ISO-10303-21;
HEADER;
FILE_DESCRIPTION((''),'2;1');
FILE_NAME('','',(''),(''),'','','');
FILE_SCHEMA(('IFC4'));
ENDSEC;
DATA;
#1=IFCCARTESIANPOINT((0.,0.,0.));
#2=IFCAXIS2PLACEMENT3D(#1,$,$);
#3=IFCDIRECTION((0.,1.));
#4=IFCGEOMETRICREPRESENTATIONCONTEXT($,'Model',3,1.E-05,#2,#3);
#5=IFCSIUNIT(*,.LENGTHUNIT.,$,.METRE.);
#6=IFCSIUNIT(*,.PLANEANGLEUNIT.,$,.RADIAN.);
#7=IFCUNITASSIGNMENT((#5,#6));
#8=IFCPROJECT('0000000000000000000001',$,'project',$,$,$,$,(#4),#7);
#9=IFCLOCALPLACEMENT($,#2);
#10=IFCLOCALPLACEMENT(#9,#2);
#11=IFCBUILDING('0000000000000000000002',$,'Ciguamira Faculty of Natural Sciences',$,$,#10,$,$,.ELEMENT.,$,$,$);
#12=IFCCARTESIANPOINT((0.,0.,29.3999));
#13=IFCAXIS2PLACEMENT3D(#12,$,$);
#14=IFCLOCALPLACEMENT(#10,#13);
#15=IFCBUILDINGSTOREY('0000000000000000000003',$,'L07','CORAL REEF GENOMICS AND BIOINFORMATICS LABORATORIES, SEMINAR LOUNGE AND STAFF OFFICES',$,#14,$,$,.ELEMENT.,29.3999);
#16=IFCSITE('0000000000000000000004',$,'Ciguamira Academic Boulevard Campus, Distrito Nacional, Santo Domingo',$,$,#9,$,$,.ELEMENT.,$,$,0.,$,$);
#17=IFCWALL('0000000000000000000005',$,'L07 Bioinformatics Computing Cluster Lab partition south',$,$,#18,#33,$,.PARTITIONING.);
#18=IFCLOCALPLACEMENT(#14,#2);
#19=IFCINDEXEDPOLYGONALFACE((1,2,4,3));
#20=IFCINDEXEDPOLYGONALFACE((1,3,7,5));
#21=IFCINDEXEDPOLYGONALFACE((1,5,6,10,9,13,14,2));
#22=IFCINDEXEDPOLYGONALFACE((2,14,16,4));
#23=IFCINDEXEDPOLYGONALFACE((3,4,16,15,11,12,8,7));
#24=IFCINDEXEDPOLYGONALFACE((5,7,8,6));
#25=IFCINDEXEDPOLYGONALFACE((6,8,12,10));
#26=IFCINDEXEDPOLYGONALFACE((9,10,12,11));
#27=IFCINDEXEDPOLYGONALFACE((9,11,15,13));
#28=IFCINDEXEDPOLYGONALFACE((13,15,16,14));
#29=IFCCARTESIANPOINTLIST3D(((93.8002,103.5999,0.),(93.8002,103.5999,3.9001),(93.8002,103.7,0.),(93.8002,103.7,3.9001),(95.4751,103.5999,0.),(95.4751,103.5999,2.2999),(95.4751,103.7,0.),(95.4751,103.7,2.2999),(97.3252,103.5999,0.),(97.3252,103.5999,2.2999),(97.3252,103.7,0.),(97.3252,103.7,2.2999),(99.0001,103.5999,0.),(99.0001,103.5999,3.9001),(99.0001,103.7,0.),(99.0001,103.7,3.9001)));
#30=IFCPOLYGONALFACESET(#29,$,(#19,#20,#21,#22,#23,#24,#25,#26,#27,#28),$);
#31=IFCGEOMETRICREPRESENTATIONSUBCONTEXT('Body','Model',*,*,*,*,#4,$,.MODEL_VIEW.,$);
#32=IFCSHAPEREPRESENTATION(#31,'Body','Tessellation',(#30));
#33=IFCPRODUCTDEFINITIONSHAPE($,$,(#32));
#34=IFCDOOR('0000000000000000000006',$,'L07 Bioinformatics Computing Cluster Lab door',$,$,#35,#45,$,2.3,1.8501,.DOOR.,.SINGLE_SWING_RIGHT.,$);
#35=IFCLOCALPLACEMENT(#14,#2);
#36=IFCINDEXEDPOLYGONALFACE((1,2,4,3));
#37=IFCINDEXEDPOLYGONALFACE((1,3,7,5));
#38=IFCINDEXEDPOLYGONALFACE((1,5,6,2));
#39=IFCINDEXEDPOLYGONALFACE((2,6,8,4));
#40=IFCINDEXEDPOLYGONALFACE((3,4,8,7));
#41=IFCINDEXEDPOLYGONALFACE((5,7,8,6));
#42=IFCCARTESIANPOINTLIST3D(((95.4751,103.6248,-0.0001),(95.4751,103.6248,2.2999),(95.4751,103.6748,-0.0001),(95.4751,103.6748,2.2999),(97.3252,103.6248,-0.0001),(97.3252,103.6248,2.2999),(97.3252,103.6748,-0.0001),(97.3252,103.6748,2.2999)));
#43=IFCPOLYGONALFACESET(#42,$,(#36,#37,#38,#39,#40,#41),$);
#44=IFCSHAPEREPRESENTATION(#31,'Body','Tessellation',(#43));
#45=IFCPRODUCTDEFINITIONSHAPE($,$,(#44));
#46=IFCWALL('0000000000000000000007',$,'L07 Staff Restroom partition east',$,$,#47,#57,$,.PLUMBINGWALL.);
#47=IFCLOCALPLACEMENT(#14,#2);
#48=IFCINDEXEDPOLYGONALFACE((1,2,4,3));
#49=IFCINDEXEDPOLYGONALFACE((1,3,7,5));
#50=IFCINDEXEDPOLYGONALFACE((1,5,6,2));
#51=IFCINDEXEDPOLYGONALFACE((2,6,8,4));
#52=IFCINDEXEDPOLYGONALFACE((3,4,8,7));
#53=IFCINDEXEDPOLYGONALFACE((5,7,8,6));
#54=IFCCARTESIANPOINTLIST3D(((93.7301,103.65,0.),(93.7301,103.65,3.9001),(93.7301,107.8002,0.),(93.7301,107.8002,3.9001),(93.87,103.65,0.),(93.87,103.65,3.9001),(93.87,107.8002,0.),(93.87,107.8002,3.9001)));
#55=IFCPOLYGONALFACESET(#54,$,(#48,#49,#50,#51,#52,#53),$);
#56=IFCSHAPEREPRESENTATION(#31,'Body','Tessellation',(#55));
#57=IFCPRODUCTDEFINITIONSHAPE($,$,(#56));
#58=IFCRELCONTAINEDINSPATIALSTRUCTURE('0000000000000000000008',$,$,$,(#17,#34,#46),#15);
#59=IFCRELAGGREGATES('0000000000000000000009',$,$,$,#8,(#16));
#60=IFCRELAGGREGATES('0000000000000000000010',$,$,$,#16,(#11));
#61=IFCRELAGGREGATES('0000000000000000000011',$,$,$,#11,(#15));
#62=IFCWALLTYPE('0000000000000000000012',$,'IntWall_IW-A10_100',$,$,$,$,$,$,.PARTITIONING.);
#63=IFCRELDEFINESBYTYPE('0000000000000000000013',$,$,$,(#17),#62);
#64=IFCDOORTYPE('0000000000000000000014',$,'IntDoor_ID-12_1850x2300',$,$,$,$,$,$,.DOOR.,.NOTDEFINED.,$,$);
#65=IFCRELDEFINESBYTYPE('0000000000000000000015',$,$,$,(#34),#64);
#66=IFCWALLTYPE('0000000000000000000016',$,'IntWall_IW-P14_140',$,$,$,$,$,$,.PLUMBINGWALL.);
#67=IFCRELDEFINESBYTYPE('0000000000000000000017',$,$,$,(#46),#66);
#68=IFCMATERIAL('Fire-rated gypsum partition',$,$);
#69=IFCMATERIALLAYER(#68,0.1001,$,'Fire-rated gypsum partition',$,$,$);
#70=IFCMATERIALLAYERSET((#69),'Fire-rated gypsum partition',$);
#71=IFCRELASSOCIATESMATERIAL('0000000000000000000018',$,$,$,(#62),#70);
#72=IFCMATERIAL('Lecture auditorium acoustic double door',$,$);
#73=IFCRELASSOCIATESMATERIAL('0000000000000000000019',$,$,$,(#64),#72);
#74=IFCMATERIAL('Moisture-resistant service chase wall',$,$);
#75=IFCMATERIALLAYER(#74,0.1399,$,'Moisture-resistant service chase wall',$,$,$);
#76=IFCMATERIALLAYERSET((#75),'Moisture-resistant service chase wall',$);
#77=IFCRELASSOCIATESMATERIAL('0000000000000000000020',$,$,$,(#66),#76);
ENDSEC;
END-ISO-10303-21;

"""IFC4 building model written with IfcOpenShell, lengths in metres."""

from ifc_helpers import new_model, si_unit, direction, frame, frame_2d, origin, place, context, subcontext, project, spatial, rectangle, extrude, material, layer, layer_set, type_object, element, fill, save


model = new_model("IFC4")

# Units and contexts
model_context = context("Model", 3, precision=1e-05, world=origin(), true_north=direction((0.0, 1.0)))
body_context = subcontext(model_context, "Body", "Model", "MODEL_VIEW")
ifc_project = project(units=[si_unit("LENGTHUNIT", "METRE"), si_unit("PLANEANGLEUNIT", "RADIAN")], contexts=[model_context])

# Site, building, storey
site_placement = place(None, origin())
site = spatial("IfcSite", under=ifc_project, at=site_placement, Name="Ciguamira Academic Boulevard Campus, Distrito Nacional, Santo Domingo", CompositionType="ELEMENT", RefElevation=0.0)
building_placement = place(site_placement, origin())
building = spatial("IfcBuilding", under=site, at=building_placement, Name="Ciguamira Faculty of Natural Sciences", CompositionType="ELEMENT")
storey_placement = place(building_placement, frame((0.0, 0.0, 29.3999)))
storey = spatial("IfcBuildingStorey", under=building, at=storey_placement, Name="L07", Description="CORAL REEF GENOMICS AND BIOINFORMATICS LABORATORIES, SEMINAR LOUNGE AND STAFF OFFICES", CompositionType="ELEMENT", Elevation=29.3999)

# Wall, opening, door
ifc_material_1 = material(Name="Fire-rated gypsum partition")
ifc_layer_1 = layer(ifc_material_1, 0.1001, Name="Fire-rated gypsum partition")
ifc_layer_set_1 = layer_set([ifc_layer_1], Name="Fire-rated gypsum partition")
wall_type_1 = type_object("IfcWallType", Name="IntWall_IW-A10_100", PredefinedType="PARTITIONING", material=ifc_layer_set_1)
wall_1_placement = place(storey_placement, frame((93.8, 103.6499, 0.0), z_axis=(0.0, 0.0, 1.0), x_axis=(1.0, 0.0, 0.0)))
wall_1 = element("IfcWall", 1, at=wall_1_placement, inside=storey, type_object=wall_type_1, Name="L07 Bioinformatics Computing Cluster Lab partition south", PredefinedType="PARTITIONING", context=body_context, shape_type="SweptSolid", body=[
    extrude(rectangle(XDim=5.2, YDim=0.1001, at=frame_2d((2.6001, 0.0))), origin(), (0.0, 0.0, 1.0), 3.9001),
])
opening_placement = place(wall_1_placement, frame((1.675, 0.0, 0.0)))
opening = element("IfcOpeningElement", 2, at=opening_placement, cuts=wall_1, PredefinedType="OPENING", context=body_context, shape_type="SweptSolid", body=[
    extrude(rectangle(XDim=1.8501, YDim=2.3, at=frame_2d((0.925, 1.1499))), frame((0.0, 0.0601, 0.0), z_axis=(0.0, -1.0, 0.0), x_axis=(1.0, 0.0, 0.0)), (0.0, 0.0, 1.0), 0.1201),
])
ifc_material_2 = material(Name="Lecture auditorium acoustic double door")
door_type = type_object("IfcDoorType", Name="IntDoor_ID-12_1850x2300", OperationType="NOTDEFINED", PredefinedType="DOOR", material=ifc_material_2)
door_placement = place(opening_placement, origin())
door = element("IfcDoor", 3, at=door_placement, inside=storey, type_object=door_type, Name="L07 Bioinformatics Computing Cluster Lab door", OperationType="SINGLE_SWING_RIGHT", OverallHeight=2.3, OverallWidth=1.8501, PredefinedType="DOOR", context=body_context, shape_type="SweptSolid", body=[
    extrude(rectangle(XDim=1.8501, YDim=2.3, at=frame_2d((0.925, 1.1499))), frame((0.0, 0.0249, 0.0), z_axis=(0.0, -1.0, 0.0), x_axis=(1.0, 0.0, 0.0)), (0.0, 0.0, 1.0), 0.05),
])
fill(opening, door)

# Wall
ifc_material_3 = material(Name="Moisture-resistant service chase wall")
ifc_layer_2 = layer(ifc_material_3, 0.1399, Name="Moisture-resistant service chase wall")
ifc_layer_set_2 = layer_set([ifc_layer_2], Name="Moisture-resistant service chase wall")
wall_type_2 = type_object("IfcWallType", Name="IntWall_IW-P14_140", PredefinedType="PLUMBINGWALL", material=ifc_layer_set_2)
wall_2_placement = place(storey_placement, frame((93.8, 103.6499, 0.0), z_axis=(0.0, 0.0, 1.0), x_axis=(0.0, 1.0, 0.0)))
element("IfcWall", 4, at=wall_2_placement, inside=storey, type_object=wall_type_2, Name="L07 Staff Restroom partition east", PredefinedType="PLUMBINGWALL", context=body_context, shape_type="SweptSolid", body=[
    extrude(rectangle(XDim=4.1501, YDim=0.1399, at=frame_2d((2.0752, 0.0))), origin(), (0.0, 0.0, 1.0), 3.9001),
])

save(model, "model.ifc")
